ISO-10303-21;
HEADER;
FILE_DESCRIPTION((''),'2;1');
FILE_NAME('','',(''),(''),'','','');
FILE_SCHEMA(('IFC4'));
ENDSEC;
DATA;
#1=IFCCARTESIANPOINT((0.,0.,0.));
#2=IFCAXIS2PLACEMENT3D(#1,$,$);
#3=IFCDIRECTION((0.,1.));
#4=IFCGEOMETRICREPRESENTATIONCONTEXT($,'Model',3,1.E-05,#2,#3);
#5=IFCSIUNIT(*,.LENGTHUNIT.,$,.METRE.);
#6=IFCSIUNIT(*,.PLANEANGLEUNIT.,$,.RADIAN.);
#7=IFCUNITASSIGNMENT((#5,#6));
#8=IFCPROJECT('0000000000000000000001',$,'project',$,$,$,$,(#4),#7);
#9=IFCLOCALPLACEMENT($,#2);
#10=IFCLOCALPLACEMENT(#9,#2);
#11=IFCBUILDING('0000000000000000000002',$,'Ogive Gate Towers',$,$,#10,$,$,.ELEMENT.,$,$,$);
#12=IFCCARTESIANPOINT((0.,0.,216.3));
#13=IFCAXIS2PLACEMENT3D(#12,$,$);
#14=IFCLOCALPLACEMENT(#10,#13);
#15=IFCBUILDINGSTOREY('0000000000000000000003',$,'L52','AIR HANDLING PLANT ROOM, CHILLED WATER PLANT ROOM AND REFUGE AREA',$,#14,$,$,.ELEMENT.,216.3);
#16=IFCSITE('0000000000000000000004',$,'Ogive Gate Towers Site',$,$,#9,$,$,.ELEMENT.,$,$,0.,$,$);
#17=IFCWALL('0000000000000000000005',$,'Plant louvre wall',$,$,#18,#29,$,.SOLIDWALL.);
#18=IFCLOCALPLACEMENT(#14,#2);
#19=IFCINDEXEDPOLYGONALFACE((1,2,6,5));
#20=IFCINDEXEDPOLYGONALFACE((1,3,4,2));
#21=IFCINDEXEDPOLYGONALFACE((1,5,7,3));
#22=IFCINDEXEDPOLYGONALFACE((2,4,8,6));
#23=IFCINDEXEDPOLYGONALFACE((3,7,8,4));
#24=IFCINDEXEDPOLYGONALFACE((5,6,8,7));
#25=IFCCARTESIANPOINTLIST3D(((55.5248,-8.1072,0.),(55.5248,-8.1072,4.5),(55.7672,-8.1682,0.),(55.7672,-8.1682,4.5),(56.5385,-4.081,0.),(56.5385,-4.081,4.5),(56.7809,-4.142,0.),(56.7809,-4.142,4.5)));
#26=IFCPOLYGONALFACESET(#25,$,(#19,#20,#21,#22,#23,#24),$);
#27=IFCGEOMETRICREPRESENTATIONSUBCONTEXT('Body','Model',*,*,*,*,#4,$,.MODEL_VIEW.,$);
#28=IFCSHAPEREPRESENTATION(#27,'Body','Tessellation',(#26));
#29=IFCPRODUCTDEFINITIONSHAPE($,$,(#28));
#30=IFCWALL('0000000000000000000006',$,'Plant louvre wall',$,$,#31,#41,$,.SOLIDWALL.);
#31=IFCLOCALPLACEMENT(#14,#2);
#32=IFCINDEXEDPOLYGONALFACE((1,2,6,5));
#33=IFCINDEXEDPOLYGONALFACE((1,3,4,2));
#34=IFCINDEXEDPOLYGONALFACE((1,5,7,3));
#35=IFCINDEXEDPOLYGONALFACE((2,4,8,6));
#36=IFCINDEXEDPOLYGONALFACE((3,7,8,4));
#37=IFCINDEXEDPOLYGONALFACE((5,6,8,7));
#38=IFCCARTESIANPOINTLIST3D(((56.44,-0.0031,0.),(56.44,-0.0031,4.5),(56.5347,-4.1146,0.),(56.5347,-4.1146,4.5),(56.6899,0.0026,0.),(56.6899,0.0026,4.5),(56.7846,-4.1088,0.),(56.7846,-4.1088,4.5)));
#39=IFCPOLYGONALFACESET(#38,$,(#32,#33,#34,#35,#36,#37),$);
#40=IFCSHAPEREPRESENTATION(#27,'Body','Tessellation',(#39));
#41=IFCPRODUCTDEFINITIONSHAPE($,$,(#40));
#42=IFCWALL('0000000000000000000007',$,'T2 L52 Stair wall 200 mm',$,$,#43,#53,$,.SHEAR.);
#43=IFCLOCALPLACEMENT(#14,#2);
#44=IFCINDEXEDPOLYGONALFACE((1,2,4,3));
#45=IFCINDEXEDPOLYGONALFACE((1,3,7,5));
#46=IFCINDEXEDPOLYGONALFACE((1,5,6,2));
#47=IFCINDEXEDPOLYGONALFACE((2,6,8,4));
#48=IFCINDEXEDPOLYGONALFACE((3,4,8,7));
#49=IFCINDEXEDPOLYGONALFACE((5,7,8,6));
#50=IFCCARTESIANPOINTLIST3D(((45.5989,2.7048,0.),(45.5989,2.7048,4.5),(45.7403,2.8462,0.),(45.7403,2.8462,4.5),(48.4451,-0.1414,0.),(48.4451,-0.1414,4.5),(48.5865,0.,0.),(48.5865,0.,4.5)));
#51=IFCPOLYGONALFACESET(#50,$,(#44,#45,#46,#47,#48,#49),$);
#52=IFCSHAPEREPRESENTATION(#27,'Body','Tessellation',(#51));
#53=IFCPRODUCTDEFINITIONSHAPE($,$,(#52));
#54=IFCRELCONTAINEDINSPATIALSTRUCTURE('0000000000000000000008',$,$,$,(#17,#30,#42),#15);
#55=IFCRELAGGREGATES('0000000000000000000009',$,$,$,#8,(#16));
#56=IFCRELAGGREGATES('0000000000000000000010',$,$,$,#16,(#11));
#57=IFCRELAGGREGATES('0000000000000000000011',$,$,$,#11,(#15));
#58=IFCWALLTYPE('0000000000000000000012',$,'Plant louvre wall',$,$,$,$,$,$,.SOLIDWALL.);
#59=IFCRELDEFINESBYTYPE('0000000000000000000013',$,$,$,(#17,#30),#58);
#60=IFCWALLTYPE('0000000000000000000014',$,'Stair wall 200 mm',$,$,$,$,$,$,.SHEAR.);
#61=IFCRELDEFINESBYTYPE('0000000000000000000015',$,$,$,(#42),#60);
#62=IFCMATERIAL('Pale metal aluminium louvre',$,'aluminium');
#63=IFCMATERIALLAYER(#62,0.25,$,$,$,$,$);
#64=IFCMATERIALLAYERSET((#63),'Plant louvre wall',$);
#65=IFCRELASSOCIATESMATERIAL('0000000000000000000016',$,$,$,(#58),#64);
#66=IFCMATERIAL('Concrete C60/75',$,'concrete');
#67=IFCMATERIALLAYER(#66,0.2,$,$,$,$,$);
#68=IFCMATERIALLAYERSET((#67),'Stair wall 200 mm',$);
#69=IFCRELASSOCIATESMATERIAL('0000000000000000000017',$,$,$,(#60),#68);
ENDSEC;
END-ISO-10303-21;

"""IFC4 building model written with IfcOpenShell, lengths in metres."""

from ifc_helpers import new_model, si_unit, direction, frame, frame_2d, origin, place, context, subcontext, project, spatial, rectangle, extrude, material, layer, layer_set, type_object, element, save


model = new_model("IFC4")

# Units and contexts
model_context = context("Model", 3, precision=1e-05, world=origin(), true_north=direction((0.0, 1.0)))
body_context = subcontext(model_context, "Body", "Model", "MODEL_VIEW")
ifc_project = project(units=[si_unit("LENGTHUNIT", "METRE"), si_unit("PLANEANGLEUNIT", "RADIAN")], contexts=[model_context])

# Site, building, storey
site_placement = place(None, origin())
site = spatial("IfcSite", under=ifc_project, at=site_placement, Name="Ogive Gate Towers Site", CompositionType="ELEMENT", RefElevation=0.0)
building_placement = place(site_placement, origin())
building = spatial("IfcBuilding", under=site, at=building_placement, Name="Ogive Gate Towers", CompositionType="ELEMENT")
storey_placement = place(building_placement, frame((0.0, 0.0, 216.3)))
storey = spatial("IfcBuildingStorey", under=building, at=storey_placement, Name="L52", Description="AIR HANDLING PLANT ROOM, CHILLED WATER PLANT ROOM AND REFUGE AREA", CompositionType="ELEMENT", Elevation=216.3)

# Shared definitions
ifc_material_1 = material(Name="Concrete C60/75", Category="concrete")

# Walls
ifc_material_2 = material(Name="Pale metal aluminium louvre", Category="aluminium")
ifc_layer_1 = layer(ifc_material_2, 0.25)
ifc_layer_set_1 = layer_set([ifc_layer_1], Name="Plant louvre wall")
wall_type_1 = type_object("IfcWallType", Name="Plant louvre wall", PredefinedType="SOLIDWALL", material=ifc_layer_set_1)
wall_1_placement = place(storey_placement, frame((55.646, -8.1377, 0.0), z_axis=(0.0, 0.0, 1.0), x_axis=(0.244154, 0.969736, 0.0)))
element("IfcWall", 1, at=wall_1_placement, inside=storey, type_object=wall_type_1, Name="Plant louvre wall", PredefinedType="SOLIDWALL", context=body_context, shape_type="SweptSolid", body=[
    extrude(rectangle(XDim=4.1519, YDim=0.25, at=frame_2d((2.0759, 0.0))), origin(), (0.0, 0.0, 1.0), 4.5),
])
wall_2_placement = place(storey_placement, frame((56.6597, -4.1116, 0.0), z_axis=(0.0, 0.0, 1.0), x_axis=(-0.023033, 0.999735, 0.0)))
element("IfcWall", 2, at=wall_2_placement, inside=storey, type_object=wall_type_1, Name="Plant louvre wall", PredefinedType="SOLIDWALL", context=body_context, shape_type="SweptSolid", body=[
    extrude(rectangle(XDim=4.1125, YDim=0.25, at=frame_2d((2.0562, 0.0))), origin(), (0.0, 0.0, 1.0), 4.5),
])
ifc_layer_2 = layer(ifc_material_1, 0.2)
ifc_layer_set_2 = layer_set([ifc_layer_2], Name="Stair wall 200 mm")
wall_type_2 = type_object("IfcWallType", Name="Stair wall 200 mm", PredefinedType="SHEAR", material=ifc_layer_set_2)
wall_3_placement = place(storey_placement, frame((48.5159, -0.0708, 0.0), z_axis=(0.0, 0.0, 1.0), x_axis=(-0.707107, 0.707107, 0.0)))
element("IfcWall", 3, at=wall_3_placement, inside=storey, type_object=wall_type_2, Name="T2 L52 Stair wall 200 mm", PredefinedType="SHEAR", context=body_context, shape_type="SweptSolid", body=[
    extrude(rectangle(XDim=4.0251, YDim=0.2, at=frame_2d((2.0127, 0.0))), origin(), (0.0, 0.0, 1.0), 4.5),
])

save(model, "model.ifc")
